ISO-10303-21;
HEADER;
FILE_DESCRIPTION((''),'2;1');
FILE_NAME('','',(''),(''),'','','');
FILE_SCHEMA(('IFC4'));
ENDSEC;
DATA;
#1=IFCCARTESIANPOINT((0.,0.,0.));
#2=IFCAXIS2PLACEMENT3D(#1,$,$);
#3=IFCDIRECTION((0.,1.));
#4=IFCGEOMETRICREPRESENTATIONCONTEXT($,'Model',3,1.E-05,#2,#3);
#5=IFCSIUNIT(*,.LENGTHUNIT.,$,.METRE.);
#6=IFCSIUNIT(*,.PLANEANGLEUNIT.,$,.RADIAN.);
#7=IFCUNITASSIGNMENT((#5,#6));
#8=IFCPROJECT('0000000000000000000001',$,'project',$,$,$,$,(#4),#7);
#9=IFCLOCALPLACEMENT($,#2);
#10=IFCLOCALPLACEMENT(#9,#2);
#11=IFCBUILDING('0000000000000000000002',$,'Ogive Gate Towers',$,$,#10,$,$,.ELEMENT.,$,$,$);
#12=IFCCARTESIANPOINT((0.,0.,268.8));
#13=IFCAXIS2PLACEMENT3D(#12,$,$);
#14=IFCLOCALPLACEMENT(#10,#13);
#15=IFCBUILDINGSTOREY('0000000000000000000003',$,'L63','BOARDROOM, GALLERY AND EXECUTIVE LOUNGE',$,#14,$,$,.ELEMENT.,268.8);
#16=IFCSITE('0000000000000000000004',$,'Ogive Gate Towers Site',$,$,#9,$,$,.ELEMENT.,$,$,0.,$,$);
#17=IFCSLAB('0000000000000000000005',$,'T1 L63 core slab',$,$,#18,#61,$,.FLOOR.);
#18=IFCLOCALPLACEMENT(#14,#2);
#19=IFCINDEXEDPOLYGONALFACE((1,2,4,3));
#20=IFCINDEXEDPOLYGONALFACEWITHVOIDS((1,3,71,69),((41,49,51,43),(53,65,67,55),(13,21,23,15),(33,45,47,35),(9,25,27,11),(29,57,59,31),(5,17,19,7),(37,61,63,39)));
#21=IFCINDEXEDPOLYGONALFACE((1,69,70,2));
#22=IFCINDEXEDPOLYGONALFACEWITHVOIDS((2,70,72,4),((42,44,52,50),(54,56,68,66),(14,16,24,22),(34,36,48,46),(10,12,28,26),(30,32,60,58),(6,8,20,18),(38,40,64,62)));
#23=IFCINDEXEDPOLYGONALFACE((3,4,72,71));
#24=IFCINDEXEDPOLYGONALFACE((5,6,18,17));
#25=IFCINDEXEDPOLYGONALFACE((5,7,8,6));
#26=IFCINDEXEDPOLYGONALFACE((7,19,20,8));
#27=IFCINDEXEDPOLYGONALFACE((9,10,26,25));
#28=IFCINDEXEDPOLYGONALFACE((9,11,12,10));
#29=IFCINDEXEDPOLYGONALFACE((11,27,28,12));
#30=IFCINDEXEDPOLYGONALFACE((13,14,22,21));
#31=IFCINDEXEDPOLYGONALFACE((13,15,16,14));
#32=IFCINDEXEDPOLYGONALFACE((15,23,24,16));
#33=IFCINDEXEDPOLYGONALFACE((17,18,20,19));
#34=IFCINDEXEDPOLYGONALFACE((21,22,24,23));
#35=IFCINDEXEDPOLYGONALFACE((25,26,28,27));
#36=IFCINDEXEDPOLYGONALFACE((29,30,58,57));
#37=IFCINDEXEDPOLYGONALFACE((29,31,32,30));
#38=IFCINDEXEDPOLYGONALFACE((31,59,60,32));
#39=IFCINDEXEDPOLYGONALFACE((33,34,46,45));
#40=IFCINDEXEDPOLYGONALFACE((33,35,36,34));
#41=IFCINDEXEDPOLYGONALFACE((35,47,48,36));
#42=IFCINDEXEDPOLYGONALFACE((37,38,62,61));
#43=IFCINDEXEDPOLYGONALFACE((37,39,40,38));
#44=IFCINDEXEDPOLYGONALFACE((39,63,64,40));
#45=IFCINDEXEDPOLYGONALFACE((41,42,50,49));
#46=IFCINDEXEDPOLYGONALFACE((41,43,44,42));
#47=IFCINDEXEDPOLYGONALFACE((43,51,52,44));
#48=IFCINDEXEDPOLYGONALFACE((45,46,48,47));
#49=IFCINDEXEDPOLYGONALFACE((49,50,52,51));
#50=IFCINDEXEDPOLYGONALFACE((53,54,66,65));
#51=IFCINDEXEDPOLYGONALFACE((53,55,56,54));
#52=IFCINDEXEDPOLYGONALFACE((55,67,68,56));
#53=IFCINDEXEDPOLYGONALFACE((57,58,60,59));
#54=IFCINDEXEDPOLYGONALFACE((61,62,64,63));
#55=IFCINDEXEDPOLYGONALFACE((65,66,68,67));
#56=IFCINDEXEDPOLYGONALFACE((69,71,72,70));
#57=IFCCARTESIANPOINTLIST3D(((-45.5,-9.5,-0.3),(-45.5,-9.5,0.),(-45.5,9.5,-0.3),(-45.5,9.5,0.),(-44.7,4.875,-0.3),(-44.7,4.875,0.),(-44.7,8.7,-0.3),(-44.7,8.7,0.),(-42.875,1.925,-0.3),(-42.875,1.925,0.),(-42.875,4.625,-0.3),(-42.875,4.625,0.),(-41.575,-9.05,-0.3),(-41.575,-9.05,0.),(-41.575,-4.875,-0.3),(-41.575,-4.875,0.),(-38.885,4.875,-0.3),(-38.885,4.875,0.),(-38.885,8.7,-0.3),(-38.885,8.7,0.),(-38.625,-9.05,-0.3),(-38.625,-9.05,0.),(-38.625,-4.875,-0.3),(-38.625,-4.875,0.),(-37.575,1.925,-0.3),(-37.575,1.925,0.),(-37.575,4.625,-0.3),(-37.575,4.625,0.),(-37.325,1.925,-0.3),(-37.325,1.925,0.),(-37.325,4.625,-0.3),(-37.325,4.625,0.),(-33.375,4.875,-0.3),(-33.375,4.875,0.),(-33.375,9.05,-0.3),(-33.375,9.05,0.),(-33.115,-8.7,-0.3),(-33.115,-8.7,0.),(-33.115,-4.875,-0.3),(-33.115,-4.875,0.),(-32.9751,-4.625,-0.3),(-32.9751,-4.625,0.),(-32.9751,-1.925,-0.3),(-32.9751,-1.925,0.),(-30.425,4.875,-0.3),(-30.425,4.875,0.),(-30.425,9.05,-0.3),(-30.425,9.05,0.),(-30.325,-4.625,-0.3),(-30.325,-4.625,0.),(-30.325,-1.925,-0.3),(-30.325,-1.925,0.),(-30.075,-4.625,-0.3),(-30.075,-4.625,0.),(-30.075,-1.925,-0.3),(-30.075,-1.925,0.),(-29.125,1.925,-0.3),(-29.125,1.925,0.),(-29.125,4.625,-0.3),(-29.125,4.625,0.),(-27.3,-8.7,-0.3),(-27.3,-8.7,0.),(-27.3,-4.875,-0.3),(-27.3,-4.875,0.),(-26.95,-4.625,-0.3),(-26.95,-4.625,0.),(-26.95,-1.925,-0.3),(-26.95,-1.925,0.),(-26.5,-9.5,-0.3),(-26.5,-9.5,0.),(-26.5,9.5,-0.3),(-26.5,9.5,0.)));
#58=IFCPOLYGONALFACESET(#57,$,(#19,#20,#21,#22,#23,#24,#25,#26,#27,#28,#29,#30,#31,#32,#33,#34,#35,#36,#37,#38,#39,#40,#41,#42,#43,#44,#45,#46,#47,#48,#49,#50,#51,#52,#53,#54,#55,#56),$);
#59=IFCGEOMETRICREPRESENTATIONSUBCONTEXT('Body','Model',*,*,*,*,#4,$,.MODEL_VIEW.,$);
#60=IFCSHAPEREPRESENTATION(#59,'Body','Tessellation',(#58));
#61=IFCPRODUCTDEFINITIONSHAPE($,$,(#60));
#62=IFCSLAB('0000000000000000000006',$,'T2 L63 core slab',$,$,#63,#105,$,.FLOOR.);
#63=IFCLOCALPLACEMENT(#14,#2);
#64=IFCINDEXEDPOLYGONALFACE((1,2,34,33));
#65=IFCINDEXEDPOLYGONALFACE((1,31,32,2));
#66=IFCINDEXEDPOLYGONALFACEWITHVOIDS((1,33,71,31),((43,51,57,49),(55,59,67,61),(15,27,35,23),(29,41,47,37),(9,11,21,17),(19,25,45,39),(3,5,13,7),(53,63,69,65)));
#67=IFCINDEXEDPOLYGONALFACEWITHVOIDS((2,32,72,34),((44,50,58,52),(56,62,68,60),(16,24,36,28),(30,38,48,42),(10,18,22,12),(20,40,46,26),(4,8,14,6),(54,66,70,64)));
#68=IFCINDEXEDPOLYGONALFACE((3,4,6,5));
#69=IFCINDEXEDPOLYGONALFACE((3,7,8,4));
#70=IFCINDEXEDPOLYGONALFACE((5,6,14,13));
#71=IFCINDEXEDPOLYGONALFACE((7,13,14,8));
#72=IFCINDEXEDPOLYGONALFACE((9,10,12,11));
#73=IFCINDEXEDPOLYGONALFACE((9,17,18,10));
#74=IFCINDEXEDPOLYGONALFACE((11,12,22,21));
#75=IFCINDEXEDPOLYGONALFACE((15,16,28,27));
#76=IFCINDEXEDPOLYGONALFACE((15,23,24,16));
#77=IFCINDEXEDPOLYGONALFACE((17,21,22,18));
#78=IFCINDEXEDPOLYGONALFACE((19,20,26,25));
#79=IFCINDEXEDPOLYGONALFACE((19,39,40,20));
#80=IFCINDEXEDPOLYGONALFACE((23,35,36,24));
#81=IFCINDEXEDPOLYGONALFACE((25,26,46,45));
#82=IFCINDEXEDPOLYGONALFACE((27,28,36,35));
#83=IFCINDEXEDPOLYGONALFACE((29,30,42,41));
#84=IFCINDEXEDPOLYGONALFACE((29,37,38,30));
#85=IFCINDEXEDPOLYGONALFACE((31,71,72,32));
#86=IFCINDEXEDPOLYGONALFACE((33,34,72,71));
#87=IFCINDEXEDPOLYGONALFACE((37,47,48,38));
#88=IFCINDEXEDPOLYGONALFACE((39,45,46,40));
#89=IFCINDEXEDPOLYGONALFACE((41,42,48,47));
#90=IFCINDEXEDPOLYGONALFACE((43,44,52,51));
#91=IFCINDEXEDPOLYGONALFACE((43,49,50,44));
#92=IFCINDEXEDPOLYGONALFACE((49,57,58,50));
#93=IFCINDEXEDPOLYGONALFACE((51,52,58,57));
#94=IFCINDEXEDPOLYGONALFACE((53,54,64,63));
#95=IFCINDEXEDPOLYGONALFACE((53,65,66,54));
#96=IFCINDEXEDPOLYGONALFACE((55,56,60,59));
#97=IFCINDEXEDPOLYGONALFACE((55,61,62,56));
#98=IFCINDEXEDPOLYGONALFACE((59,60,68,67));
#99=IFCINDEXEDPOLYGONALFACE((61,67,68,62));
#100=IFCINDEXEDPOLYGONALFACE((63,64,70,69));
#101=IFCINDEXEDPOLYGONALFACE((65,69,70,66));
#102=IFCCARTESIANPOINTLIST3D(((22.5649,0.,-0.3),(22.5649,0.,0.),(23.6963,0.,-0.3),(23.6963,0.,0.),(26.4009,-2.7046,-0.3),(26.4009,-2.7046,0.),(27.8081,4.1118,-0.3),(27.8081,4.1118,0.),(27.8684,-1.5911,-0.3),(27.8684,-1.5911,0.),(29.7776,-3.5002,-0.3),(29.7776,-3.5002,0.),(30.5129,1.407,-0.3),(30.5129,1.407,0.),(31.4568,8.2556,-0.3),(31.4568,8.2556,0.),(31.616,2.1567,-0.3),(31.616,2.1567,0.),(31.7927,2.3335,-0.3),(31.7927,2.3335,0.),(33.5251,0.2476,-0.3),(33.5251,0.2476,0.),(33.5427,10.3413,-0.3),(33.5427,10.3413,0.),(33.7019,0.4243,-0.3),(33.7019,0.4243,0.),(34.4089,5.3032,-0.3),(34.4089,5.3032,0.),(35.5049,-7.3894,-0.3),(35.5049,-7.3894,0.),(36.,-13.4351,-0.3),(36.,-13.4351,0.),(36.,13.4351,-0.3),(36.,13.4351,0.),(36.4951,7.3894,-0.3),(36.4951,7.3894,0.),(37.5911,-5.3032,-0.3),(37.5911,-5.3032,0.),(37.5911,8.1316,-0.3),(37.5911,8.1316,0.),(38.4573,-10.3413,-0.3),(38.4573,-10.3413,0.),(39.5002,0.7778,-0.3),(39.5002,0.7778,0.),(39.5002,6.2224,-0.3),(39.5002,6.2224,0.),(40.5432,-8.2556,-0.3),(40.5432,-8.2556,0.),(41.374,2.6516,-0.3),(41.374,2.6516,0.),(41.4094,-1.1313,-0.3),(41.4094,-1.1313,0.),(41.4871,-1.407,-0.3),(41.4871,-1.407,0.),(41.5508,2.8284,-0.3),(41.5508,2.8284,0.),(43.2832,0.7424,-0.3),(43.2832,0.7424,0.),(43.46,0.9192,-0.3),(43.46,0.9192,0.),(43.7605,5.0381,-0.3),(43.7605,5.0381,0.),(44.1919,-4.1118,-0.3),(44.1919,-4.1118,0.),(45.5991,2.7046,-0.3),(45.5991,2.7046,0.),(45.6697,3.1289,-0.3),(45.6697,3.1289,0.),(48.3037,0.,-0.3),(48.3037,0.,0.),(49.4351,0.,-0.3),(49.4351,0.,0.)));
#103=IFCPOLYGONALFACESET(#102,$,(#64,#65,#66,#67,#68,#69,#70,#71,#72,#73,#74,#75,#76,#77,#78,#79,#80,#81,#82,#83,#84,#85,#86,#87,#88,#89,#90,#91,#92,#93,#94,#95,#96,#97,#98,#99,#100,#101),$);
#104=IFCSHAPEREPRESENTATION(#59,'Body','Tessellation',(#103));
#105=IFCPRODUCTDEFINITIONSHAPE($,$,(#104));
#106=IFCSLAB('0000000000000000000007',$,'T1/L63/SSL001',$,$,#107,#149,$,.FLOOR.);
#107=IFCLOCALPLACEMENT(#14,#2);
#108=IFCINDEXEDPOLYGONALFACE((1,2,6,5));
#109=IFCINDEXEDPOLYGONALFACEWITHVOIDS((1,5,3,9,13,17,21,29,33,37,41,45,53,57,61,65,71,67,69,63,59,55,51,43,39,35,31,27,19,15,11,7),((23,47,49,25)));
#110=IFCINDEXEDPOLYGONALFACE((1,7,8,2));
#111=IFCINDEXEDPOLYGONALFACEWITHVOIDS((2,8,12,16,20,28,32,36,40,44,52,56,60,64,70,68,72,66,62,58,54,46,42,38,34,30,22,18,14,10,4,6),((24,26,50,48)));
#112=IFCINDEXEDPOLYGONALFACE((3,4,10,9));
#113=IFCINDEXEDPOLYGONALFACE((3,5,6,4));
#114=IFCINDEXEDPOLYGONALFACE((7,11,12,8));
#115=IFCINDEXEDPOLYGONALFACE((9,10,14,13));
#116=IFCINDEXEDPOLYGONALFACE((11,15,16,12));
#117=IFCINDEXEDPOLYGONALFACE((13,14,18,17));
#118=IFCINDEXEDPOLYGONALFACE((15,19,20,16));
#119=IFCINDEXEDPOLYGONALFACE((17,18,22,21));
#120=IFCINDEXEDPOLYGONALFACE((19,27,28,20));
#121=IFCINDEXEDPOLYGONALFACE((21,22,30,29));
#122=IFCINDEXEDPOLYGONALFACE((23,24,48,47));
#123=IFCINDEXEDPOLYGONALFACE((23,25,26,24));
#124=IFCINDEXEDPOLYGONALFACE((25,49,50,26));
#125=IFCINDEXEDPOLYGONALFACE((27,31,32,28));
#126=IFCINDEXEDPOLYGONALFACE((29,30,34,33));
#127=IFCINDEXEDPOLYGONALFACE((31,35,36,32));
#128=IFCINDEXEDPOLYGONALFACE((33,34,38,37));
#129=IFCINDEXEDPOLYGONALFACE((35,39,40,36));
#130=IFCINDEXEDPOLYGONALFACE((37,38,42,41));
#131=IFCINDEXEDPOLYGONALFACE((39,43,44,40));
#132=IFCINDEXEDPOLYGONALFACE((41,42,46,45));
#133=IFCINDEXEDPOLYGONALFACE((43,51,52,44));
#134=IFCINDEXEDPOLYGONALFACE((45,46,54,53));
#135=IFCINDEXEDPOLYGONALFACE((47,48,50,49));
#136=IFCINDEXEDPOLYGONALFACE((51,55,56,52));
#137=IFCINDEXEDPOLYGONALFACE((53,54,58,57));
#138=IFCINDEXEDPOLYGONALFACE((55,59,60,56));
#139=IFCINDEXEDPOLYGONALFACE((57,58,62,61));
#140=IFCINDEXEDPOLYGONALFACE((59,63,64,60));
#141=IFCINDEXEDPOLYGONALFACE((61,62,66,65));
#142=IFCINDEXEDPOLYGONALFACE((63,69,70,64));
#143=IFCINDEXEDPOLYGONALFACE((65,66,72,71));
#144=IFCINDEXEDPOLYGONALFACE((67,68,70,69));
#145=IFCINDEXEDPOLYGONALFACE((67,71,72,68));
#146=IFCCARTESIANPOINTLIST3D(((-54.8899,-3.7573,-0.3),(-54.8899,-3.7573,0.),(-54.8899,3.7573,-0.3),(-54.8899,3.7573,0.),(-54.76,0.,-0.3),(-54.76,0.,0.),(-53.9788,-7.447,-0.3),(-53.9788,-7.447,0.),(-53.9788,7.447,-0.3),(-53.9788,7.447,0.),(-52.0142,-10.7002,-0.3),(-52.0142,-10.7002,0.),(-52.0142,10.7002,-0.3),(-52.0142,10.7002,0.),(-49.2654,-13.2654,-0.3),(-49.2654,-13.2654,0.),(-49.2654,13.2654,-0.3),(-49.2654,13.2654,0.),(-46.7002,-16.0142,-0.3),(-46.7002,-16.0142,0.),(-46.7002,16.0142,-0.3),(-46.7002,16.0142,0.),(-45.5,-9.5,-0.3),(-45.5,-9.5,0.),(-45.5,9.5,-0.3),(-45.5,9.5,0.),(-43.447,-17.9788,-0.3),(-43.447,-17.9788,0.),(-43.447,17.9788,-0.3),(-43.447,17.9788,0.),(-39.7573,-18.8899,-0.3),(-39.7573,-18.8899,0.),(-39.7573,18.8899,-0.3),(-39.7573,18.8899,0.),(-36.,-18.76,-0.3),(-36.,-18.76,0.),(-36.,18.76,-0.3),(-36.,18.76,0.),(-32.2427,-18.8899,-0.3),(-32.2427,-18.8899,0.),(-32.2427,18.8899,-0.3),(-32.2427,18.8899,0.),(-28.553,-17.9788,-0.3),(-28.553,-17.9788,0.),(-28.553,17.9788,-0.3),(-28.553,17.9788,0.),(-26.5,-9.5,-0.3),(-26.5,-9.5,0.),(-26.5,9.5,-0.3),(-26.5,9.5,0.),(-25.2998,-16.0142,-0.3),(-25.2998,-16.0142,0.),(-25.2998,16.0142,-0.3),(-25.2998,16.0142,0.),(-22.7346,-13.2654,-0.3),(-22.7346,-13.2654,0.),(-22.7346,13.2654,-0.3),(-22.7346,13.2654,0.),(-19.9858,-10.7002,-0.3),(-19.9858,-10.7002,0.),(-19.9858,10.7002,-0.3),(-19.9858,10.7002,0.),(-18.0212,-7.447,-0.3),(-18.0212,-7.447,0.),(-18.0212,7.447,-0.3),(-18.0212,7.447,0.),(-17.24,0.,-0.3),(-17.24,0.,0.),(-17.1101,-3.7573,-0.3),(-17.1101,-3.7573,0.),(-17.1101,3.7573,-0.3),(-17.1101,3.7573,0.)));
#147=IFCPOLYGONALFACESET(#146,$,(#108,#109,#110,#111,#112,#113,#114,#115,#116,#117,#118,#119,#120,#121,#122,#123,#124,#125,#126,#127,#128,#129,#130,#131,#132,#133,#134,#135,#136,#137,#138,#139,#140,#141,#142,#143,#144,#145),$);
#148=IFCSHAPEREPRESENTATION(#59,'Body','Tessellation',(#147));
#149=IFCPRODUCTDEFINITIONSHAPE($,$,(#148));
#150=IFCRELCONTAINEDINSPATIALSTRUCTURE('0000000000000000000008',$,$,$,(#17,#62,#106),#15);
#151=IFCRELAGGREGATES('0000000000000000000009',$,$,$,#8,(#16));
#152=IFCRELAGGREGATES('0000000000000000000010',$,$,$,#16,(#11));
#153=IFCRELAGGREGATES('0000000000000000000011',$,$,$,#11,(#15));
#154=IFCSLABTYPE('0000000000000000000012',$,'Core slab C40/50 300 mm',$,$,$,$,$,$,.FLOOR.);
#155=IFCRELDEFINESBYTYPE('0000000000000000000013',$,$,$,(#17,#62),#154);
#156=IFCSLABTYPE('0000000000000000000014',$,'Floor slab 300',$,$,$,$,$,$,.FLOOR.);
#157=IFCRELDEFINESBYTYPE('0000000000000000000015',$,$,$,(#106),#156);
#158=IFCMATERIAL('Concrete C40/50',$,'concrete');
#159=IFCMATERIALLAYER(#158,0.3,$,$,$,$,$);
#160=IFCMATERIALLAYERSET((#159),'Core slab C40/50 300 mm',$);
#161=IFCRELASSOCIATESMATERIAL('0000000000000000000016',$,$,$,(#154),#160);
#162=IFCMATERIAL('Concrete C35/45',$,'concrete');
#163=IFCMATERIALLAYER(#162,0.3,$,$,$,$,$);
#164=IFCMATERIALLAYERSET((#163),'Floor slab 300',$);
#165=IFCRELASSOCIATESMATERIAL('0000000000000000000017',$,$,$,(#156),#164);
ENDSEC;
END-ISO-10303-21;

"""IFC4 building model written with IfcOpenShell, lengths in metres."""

from ifc_helpers import new_model, si_unit, direction, frame, origin, place, context, subcontext, project, spatial, polyline, outline, extrude, material, layer, layer_set, type_object, element, save


model = new_model("IFC4")

# Units and contexts
model_context = context("Model", 3, precision=1e-05, world=origin(), true_north=direction((0.0, 1.0)))
body_context = subcontext(model_context, "Body", "Model", "MODEL_VIEW")
ifc_project = project(units=[si_unit("LENGTHUNIT", "METRE"), si_unit("PLANEANGLEUNIT", "RADIAN")], contexts=[model_context])

# Site, building, storey
site_placement = place(None, origin())
site = spatial("IfcSite", under=ifc_project, at=site_placement, Name="Ogive Gate Towers Site", CompositionType="ELEMENT", RefElevation=0.0)
building_placement = place(site_placement, origin())
building = spatial("IfcBuilding", under=site, at=building_placement, Name="Ogive Gate Towers", CompositionType="ELEMENT")
storey_placement = place(building_placement, frame((0.0, 0.0, 268.8)))
storey = spatial("IfcBuildingStorey", under=building, at=storey_placement, Name="L63", Description="BOARDROOM, GALLERY AND EXECUTIVE LOUNGE", CompositionType="ELEMENT", Elevation=268.8)

# Slabs
ifc_material_1 = material(Name="Concrete C40/50", Category="concrete")
ifc_layer_1 = layer(ifc_material_1, 0.3)
ifc_layer_set_1 = layer_set([ifc_layer_1], Name="Core slab C40/50 300 mm")
slab_type_1 = type_object("IfcSlabType", Name="Core slab C40/50 300 mm", PredefinedType="FLOOR", material=ifc_layer_set_1)
slab_1_placement = place(storey_placement, frame((0.0, 0.0, -0.3)))
element("IfcSlab", 1, at=slab_1_placement, inside=storey, type_object=slab_type_1, Name="T1 L63 core slab", PredefinedType="FLOOR", context=body_context, shape_type="SweptSolid", body=[
    extrude(outline(polyline([(-45.5, -9.5), (-45.5, 9.5), (-26.5, 9.5), (-26.5, -9.5), (-45.5, -9.5)]), holes=[polyline([(-42.875, 1.925), (-37.575, 1.925), (-37.575, 4.625), (-42.875, 4.625), (-42.875, 1.925)]), polyline([(-37.325, 4.625), (-37.325, 1.925), (-29.125, 1.925), (-29.125, 4.625), (-37.325, 4.625)]), polyline([(-30.325, -1.925), (-32.9751, -1.925), (-32.9751, -4.625), (-30.325, -4.625), (-30.325, -1.925)]), polyline([(-26.95, -4.625), (-26.95, -1.925), (-30.075, -1.925), (-30.075, -4.625), (-26.95, -4.625)]), polyline([(-33.375, 4.875), (-30.425, 4.875), (-30.425, 9.05), (-33.375, 9.05), (-33.375, 4.875)]), polyline([(-41.575, -4.875), (-41.575, -9.05), (-38.625, -9.05), (-38.625, -4.875), (-41.575, -4.875)]), polyline([(-44.7, 4.875), (-38.885, 4.875), (-38.885, 8.7), (-44.7, 8.7), (-44.7, 4.875)]), polyline([(-27.3, -8.7), (-27.3, -4.875), (-33.115, -4.875), (-33.115, -8.7), (-27.3, -8.7)])]), origin(), (0.0, 0.0, 1.0), 0.3),
])
slab_2_placement = place(storey_placement, frame((0.0, 0.0, -0.3)))
element("IfcSlab", 2, at=slab_2_placement, inside=storey, type_object=slab_type_1, Name="T2 L63 core slab", PredefinedType="FLOOR", context=body_context, shape_type="SweptSolid", body=[
    extrude(outline(polyline([(36.0, -13.4351), (22.5649, 0.0), (36.0, 13.4351), (49.4351, 0.0), (36.0, -13.4351)]), holes=[polyline([(29.7776, -3.5002), (33.5251, 0.2476), (31.616, 2.1567), (27.8684, -1.5911), (29.7776, -3.5002)]), polyline([(31.7927, 2.3335), (33.7019, 0.4243), (39.5002, 6.2224), (37.5911, 8.1316), (31.7927, 2.3335)]), polyline([(41.374, 2.6516), (39.5002, 0.7778), (41.4094, -1.1313), (43.2832, 0.7424), (41.374, 2.6516)]), polyline([(45.6697, 3.1289), (43.7605, 5.0381), (41.5508, 2.8284), (43.46, 0.9192), (45.6697, 3.1289)]), polyline([(34.4089, 5.3032), (36.4951, 7.3894), (33.5427, 10.3413), (31.4568, 8.2556), (34.4089, 5.3032)]), polyline([(35.5049, -7.3894), (38.4573, -10.3413), (40.5432, -8.2556), (37.5911, -5.3032), (35.5049, -7.3894)]), polyline([(26.4009, -2.7046), (30.5129, 1.407), (27.8081, 4.1118), (23.6963, 0.0), (26.4009, -2.7046)]), polyline([(48.3037, 0.0), (45.5991, 2.7046), (41.4871, -1.407), (44.1919, -4.1118), (48.3037, 0.0)])]), origin(), (0.0, 0.0, 1.0), 0.3),
])
ifc_material_2 = material(Name="Concrete C35/45", Category="concrete")
ifc_layer_2 = layer(ifc_material_2, 0.3)
ifc_layer_set_2 = layer_set([ifc_layer_2], Name="Floor slab 300")
slab_type_2 = type_object("IfcSlabType", Name="Floor slab 300", PredefinedType="FLOOR", material=ifc_layer_set_2)
slab_3_placement = place(storey_placement, frame((0.0, 0.0, -0.3)))
element("IfcSlab", 3, at=slab_3_placement, inside=storey, type_object=slab_type_2, Name="T1/L63/SSL001", PredefinedType="FLOOR", context=body_context, shape_type="SweptSolid", body=[
    extrude(outline(polyline([(-17.1101, -3.7573), (-17.24, 0.0), (-17.1101, 3.7573), (-18.0212, 7.447), (-19.9858, 10.7002), (-22.7346, 13.2654), (-25.2998, 16.0142), (-28.553, 17.9788), (-32.2427, 18.8899), (-36.0, 18.76), (-39.7573, 18.8899), (-43.447, 17.9788), (-46.7002, 16.0142), (-49.2654, 13.2654), (-52.0142, 10.7002), (-53.9788, 7.447), (-54.8899, 3.7573), (-54.76, 0.0), (-54.8899, -3.7573), (-53.9788, -7.447), (-52.0142, -10.7002), (-49.2654, -13.2654), (-46.7002, -16.0142), (-43.447, -17.9788), (-39.7573, -18.8899), (-36.0, -18.76), (-32.2427, -18.8899), (-28.553, -17.9788), (-25.2998, -16.0142), (-22.7346, -13.2654), (-19.9858, -10.7002), (-18.0212, -7.447), (-17.1101, -3.7573)]), holes=[polyline([(-26.5, -9.5), (-45.5, -9.5), (-45.5, 9.5), (-26.5, 9.5), (-26.5, -9.5)])]), origin(), (0.0, 0.0, 1.0), 0.3),
])

save(model, "model.ifc")
